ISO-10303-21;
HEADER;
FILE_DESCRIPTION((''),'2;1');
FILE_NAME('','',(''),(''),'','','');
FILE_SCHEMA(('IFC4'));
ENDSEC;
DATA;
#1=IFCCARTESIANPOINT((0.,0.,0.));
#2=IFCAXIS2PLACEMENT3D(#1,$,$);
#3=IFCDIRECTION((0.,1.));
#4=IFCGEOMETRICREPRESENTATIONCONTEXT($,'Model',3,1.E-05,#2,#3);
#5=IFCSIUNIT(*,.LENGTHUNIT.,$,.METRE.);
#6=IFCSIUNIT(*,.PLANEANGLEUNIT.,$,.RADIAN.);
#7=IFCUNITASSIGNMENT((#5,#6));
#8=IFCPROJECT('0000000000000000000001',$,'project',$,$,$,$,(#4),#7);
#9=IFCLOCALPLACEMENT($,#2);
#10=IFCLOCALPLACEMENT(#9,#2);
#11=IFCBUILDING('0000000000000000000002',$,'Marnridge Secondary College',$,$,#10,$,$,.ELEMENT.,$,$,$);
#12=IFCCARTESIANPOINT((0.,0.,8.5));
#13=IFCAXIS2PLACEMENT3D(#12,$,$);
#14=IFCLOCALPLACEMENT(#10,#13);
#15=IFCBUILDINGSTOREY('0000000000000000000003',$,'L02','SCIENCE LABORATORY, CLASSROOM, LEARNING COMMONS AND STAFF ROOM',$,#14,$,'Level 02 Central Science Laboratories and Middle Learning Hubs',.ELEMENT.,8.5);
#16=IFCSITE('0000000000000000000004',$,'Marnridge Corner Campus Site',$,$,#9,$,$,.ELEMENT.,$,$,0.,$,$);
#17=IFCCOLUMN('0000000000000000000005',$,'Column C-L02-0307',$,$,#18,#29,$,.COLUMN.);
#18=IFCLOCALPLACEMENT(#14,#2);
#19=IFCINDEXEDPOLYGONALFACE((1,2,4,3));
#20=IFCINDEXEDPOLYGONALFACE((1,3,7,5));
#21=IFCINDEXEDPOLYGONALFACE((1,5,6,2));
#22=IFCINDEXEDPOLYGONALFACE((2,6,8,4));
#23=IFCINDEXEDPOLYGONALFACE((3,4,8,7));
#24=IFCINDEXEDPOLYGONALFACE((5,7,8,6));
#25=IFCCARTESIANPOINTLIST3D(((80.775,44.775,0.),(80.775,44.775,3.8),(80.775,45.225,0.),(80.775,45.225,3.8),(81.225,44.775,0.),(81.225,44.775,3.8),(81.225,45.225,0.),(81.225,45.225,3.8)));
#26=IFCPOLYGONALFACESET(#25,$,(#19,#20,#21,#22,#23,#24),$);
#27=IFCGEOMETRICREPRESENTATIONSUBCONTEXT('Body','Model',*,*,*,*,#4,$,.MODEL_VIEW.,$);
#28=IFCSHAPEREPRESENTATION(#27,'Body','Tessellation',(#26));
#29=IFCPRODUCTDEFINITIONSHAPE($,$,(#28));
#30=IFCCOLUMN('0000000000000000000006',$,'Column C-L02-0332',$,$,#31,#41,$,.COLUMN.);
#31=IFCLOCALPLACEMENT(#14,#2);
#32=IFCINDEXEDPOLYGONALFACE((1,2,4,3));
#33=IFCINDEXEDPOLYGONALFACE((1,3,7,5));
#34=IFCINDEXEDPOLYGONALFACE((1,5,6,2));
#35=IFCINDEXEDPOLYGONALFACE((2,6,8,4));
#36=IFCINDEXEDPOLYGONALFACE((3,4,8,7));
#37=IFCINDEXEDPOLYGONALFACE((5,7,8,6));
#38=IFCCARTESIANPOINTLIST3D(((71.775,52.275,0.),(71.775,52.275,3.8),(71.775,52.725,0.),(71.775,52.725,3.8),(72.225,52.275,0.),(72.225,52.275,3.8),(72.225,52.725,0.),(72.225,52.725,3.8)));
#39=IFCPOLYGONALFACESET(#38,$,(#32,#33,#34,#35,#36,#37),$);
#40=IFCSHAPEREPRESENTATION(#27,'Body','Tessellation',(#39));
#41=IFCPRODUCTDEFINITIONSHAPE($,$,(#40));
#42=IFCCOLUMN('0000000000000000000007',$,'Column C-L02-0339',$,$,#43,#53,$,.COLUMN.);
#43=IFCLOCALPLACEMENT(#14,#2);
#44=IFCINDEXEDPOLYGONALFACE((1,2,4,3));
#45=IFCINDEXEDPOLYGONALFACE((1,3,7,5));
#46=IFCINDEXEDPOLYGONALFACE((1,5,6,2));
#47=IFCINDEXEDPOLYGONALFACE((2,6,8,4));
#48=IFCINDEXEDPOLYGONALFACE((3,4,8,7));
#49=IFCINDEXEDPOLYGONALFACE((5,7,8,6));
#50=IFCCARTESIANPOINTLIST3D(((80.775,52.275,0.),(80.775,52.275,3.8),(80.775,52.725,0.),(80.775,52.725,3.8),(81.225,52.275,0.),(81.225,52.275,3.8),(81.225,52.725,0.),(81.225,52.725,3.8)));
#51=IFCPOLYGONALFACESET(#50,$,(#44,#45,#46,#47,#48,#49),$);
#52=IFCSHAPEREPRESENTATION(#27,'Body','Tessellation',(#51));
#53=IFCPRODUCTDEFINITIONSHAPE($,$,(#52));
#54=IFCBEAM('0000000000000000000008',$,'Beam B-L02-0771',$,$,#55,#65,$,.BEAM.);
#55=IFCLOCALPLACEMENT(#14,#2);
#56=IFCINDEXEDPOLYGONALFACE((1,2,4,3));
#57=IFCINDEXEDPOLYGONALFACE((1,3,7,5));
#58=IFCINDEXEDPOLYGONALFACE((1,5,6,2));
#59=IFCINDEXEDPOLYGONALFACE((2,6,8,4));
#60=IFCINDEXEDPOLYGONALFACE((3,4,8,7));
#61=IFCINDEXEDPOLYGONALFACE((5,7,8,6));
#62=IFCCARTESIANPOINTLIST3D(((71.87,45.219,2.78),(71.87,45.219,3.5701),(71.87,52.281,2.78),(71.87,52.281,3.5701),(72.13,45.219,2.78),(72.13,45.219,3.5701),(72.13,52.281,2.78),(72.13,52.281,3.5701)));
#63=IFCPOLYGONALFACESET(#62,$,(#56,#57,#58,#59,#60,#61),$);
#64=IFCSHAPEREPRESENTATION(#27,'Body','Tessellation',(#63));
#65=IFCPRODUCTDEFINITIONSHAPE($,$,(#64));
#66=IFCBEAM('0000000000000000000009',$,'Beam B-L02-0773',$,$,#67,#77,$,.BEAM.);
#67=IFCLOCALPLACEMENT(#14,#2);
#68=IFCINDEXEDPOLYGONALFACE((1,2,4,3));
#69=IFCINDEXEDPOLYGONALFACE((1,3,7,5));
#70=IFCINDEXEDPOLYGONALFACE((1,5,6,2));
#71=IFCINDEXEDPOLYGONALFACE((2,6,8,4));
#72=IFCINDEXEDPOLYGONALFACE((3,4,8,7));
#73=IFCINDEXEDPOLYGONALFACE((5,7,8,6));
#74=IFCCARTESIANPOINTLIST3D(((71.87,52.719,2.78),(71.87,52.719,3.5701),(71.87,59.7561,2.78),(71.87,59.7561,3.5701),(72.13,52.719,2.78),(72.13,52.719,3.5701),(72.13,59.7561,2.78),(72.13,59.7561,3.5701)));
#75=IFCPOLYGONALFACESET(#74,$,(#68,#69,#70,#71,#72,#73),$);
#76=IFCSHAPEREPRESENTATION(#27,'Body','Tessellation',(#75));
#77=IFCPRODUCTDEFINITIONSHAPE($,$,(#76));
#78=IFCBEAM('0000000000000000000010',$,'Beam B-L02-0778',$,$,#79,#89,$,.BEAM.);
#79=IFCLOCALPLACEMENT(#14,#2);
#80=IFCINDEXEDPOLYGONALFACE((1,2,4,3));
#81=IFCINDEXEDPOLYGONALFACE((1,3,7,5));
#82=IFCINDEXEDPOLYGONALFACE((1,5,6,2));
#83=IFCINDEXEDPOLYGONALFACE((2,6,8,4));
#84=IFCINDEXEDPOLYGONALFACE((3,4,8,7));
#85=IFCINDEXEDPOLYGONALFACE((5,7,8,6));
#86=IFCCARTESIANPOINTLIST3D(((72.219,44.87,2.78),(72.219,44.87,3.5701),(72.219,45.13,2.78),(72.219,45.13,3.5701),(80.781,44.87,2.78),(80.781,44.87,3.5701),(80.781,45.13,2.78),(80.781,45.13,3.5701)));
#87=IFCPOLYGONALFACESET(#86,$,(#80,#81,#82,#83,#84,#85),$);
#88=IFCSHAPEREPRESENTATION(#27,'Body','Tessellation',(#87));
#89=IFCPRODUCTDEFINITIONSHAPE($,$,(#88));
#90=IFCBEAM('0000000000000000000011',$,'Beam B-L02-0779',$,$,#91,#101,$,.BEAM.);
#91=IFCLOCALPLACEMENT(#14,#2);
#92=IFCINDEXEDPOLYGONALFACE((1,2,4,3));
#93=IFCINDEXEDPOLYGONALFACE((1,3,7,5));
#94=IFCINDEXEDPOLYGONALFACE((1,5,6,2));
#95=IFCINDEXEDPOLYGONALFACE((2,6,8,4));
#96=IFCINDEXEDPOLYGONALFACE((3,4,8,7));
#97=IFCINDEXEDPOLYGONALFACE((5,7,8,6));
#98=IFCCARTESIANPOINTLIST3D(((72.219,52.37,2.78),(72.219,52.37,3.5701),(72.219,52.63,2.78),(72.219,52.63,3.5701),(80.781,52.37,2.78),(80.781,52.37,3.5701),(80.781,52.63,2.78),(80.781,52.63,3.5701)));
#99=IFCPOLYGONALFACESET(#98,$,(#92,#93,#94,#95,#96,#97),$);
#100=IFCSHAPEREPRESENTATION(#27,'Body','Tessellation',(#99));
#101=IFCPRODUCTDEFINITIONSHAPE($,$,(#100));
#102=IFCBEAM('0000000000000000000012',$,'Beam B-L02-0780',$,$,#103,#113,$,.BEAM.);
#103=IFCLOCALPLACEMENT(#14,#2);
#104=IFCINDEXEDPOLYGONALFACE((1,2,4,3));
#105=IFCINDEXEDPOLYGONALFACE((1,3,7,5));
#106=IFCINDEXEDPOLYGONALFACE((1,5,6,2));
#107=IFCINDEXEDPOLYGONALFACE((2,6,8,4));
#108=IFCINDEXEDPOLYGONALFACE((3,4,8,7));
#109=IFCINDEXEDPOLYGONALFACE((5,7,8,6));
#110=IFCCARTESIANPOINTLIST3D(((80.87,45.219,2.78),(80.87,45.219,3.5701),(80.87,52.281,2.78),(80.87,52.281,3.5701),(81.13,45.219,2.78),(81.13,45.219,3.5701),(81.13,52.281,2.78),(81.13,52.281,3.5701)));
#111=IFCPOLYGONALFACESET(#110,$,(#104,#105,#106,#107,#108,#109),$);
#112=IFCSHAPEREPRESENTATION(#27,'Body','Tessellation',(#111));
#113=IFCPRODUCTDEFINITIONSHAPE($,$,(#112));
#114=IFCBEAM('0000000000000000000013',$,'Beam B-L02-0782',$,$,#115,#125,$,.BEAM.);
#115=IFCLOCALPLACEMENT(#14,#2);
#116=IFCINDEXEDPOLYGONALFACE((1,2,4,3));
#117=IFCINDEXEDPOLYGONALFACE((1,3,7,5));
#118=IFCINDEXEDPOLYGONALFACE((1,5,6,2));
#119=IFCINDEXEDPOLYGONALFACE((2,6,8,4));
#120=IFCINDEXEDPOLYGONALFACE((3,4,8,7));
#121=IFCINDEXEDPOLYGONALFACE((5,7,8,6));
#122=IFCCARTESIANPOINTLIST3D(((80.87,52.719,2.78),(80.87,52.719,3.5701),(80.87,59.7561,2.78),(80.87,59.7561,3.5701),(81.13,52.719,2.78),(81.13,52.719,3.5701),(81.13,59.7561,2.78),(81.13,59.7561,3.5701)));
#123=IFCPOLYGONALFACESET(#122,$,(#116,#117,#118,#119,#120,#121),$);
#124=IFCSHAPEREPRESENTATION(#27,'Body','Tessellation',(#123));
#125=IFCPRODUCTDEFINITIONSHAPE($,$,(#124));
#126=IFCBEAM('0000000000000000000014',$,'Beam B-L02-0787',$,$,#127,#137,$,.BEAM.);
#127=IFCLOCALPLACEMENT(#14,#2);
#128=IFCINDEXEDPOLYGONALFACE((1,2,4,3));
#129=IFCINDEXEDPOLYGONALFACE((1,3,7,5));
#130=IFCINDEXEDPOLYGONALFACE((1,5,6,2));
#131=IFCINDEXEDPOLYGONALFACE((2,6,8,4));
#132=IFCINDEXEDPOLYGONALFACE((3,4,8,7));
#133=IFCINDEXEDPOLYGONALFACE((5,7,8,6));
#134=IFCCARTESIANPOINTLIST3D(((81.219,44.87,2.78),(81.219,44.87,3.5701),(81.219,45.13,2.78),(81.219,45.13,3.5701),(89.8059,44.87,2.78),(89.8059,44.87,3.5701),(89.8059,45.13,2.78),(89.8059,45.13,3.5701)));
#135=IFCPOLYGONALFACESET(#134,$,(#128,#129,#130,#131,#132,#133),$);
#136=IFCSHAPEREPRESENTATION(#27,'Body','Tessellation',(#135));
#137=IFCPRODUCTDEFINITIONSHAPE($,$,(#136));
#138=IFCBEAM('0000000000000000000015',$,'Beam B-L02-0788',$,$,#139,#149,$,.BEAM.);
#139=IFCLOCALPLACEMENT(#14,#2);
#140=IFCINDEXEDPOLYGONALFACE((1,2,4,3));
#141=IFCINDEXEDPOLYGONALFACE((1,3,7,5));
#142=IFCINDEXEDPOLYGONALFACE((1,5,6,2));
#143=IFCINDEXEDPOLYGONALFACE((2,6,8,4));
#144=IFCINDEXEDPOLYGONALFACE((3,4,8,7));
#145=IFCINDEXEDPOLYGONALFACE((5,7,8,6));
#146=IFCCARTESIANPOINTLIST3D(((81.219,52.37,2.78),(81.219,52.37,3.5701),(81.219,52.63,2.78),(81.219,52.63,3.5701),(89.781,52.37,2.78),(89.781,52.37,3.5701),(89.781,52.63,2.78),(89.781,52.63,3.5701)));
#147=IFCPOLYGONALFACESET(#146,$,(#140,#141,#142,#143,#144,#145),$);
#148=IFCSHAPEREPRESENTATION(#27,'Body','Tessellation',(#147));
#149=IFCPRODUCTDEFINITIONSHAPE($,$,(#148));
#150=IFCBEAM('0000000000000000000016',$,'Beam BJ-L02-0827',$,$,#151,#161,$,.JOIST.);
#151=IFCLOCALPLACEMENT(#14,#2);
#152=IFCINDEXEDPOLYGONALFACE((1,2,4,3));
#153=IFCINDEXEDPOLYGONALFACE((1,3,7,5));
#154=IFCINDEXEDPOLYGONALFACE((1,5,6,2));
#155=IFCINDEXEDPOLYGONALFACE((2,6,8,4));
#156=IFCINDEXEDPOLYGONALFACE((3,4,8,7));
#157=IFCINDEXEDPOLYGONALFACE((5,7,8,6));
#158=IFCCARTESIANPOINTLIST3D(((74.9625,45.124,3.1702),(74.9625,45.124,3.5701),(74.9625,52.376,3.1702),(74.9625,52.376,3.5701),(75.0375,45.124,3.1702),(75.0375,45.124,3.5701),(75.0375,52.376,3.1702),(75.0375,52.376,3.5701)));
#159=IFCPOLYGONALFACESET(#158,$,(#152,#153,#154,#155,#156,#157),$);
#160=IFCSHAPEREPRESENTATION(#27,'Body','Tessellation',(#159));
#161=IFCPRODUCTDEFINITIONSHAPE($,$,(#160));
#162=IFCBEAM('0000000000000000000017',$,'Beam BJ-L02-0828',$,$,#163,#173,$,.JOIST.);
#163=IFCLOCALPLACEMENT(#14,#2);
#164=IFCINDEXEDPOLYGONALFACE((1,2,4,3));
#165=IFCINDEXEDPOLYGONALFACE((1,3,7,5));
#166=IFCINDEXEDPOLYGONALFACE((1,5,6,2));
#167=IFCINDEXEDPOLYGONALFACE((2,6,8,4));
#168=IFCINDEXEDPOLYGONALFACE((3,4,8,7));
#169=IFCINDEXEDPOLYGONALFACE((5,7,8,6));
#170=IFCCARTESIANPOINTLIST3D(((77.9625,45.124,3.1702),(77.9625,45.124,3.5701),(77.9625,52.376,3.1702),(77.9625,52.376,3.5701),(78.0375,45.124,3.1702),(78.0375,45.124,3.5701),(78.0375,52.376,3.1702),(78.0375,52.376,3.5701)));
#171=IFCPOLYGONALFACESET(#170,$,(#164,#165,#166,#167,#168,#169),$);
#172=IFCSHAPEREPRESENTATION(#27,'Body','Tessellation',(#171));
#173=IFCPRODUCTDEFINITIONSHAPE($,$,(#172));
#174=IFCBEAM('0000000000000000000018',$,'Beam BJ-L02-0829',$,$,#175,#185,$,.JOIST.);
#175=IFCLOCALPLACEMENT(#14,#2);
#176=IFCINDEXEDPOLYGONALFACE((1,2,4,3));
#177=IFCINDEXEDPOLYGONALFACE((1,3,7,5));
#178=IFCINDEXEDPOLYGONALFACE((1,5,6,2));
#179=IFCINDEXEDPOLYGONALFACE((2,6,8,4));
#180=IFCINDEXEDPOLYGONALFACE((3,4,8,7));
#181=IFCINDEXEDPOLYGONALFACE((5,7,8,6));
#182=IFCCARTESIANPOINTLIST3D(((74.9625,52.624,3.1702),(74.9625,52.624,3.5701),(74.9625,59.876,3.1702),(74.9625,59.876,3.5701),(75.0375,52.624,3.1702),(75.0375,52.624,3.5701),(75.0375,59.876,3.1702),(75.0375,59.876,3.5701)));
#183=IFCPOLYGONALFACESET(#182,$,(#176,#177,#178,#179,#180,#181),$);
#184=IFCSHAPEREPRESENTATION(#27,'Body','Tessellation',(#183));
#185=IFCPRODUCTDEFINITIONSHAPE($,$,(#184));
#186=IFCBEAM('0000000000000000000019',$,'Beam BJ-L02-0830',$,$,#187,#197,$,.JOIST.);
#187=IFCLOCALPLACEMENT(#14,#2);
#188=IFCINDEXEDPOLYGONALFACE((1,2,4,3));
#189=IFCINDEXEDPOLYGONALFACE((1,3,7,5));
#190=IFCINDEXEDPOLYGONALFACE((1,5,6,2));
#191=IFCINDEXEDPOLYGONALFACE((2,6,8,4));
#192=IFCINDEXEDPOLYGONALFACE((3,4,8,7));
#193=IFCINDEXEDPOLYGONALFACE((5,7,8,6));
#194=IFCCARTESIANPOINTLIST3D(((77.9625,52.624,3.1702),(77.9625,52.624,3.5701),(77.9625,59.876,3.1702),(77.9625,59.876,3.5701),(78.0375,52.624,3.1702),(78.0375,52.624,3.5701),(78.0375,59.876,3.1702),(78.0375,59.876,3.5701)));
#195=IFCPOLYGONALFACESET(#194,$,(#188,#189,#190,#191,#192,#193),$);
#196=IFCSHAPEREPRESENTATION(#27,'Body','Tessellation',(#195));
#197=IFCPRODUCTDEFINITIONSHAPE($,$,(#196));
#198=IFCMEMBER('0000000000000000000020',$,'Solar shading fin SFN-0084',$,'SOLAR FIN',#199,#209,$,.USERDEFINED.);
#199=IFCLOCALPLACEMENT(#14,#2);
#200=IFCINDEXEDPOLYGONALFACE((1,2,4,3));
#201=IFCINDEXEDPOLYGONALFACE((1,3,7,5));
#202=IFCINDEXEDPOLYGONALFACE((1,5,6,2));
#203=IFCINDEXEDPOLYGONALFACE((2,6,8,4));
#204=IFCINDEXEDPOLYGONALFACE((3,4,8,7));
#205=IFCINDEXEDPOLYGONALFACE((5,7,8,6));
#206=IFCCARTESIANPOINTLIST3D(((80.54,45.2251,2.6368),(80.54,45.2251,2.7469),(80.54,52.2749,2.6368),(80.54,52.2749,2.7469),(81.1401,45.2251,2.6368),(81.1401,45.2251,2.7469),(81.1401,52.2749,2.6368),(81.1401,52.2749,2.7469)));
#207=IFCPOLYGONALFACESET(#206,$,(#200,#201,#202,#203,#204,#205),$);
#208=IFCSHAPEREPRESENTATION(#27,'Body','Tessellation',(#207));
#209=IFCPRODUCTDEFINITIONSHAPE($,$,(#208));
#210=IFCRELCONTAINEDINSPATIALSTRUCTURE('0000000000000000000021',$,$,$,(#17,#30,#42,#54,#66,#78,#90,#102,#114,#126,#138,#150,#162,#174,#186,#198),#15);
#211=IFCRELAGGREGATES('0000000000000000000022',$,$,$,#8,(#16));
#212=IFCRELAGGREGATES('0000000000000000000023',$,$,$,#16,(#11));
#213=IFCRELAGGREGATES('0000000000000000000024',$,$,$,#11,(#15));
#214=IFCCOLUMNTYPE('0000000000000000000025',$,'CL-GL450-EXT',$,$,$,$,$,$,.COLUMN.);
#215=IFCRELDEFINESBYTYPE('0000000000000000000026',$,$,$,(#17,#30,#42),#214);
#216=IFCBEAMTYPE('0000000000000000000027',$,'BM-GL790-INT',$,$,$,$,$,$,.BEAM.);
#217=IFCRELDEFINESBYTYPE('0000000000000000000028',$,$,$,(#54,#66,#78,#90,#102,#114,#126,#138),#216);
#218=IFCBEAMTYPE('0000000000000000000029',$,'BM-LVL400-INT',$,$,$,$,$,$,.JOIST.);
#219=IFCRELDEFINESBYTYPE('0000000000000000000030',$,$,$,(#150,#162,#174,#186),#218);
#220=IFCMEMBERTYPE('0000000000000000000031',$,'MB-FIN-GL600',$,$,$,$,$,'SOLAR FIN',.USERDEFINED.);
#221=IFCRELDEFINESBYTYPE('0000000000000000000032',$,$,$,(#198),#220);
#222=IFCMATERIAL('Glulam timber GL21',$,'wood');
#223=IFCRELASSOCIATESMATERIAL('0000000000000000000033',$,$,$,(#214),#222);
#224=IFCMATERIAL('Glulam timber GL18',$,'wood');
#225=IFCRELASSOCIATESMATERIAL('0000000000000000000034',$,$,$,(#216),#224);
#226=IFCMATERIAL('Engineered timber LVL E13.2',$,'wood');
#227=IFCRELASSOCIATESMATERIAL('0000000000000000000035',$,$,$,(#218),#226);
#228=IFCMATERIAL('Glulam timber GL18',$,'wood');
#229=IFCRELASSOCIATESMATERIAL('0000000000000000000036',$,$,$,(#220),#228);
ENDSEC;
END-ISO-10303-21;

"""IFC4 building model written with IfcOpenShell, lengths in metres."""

from ifc_helpers import new_model, si_unit, direction, frame, origin, origin_2d, place, context, subcontext, project, spatial, rectangle, extrude, material, material_profile, profile_set, type_object, element, save


model = new_model("IFC4")

# Units and contexts
model_context = context("Model", 3, precision=1e-05, world=origin(), true_north=direction((0.0, 1.0)))
body_context = subcontext(model_context, "Body", "Model", "MODEL_VIEW")
ifc_project = project(units=[si_unit("LENGTHUNIT", "METRE"), si_unit("PLANEANGLEUNIT", "RADIAN")], contexts=[model_context])

# Site, building, storey
site_placement = place(None, origin())
site = spatial("IfcSite", under=ifc_project, at=site_placement, Name="Marnridge Corner Campus Site", CompositionType="ELEMENT", RefElevation=0.0)
building_placement = place(site_placement, origin())
building = spatial("IfcBuilding", under=site, at=building_placement, Name="Marnridge Secondary College", CompositionType="ELEMENT")
storey_placement = place(building_placement, frame((0.0, 0.0, 8.5)))
storey = spatial("IfcBuildingStorey", under=building, at=storey_placement, Name="L02", Description="SCIENCE LABORATORY, CLASSROOM, LEARNING COMMONS AND STAFF ROOM", LongName="Level 02 Central Science Laboratories and Middle Learning Hubs", CompositionType="ELEMENT", Elevation=8.5)

# Columns
ifc_material_1 = material(Name="Glulam timber GL21", Category="wood")
ifc_material_profile_1 = material_profile(ifc_material_1, rectangle(XDim=0.45, YDim=0.45, at=origin_2d()), Name="GL21 450x450")
ifc_profile_set_1 = profile_set([ifc_material_profile_1], Name="Glulam timber GL21")
column_type = type_object("IfcColumnType", Name="CL-GL450-EXT", PredefinedType="COLUMN", material=ifc_profile_set_1)
for number, where, z_axis, x_axis, name in (
    (1, (81.0, 45.0, 0.0), (0.0, 0.0, 1.0), (1.0, 0.0, 0.0), "Column C-L02-0307"),
    (2, (72.0, 52.5, 0.0), (0.0, 0.0, 1.0), (1.0, 0.0, 0.0), "Column C-L02-0332"),
    (3, (81.0, 52.5, 0.0), (0.0, 0.0, 1.0), (1.0, 0.0, 0.0), "Column C-L02-0339"),
):
    element("IfcColumn", number, at=place(storey_placement, frame(where, z_axis=z_axis, x_axis=x_axis)), inside=storey, type_object=column_type, Name=name, PredefinedType="COLUMN", context=body_context, shape_type="SweptSolid", body=[
        extrude(rectangle(XDim=0.45, YDim=0.45, at=origin_2d()), origin(), (0.0, 0.0, 1.0), 3.8),
    ])

# Beams
ifc_material_2 = material(Name="Glulam timber GL18", Category="wood")
ifc_material_profile_2 = material_profile(ifc_material_2, rectangle(XDim=0.26, YDim=0.79, at=origin_2d()), Name="GL18 260x790")
ifc_profile_set_2 = profile_set([ifc_material_profile_2], Name="Glulam timber GL18")
beam_type_1 = type_object("IfcBeamType", Name="BM-GL790-INT", PredefinedType="BEAM", material=ifc_profile_set_2)
beam_1_placement = place(storey_placement, frame((72.0, 45.219, 3.175), z_axis=(0.0, 1.0, 0.0), x_axis=(-1.0, 0.0, 0.0)))
element("IfcBeam", 4, at=beam_1_placement, inside=storey, type_object=beam_type_1, Name="Beam B-L02-0771", PredefinedType="BEAM", context=body_context, shape_type="SweptSolid", body=[
    extrude(rectangle(XDim=0.26, YDim=0.79, at=origin_2d()), origin(), (0.0, 0.0, 1.0), 7.062),
])
beam_2_placement = place(storey_placement, frame((72.0, 52.719, 3.175), z_axis=(0.0, 1.0, 0.0), x_axis=(-1.0, 0.0, 0.0)))
element("IfcBeam", 5, at=beam_2_placement, inside=storey, type_object=beam_type_1, Name="Beam B-L02-0773", PredefinedType="BEAM", context=body_context, shape_type="SweptSolid", body=[
    extrude(rectangle(XDim=0.26, YDim=0.79, at=origin_2d()), origin(), (0.0, 0.0, 1.0), 7.0371),
])
for number, where, z_axis, x_axis, name in (
    (6, (72.219, 45.0, 3.175), (1.0, 0.0, 0.0), (0.0, 1.0, 0.0), "Beam B-L02-0778"),
    (7, (72.219, 52.5, 3.175), (1.0, 0.0, 0.0), (0.0, 1.0, 0.0), "Beam B-L02-0779"),
):
    element("IfcBeam", number, at=place(storey_placement, frame(where, z_axis=z_axis, x_axis=x_axis)), inside=storey, type_object=beam_type_1, Name=name, PredefinedType="BEAM", context=body_context, shape_type="SweptSolid", body=[
        extrude(rectangle(XDim=0.26, YDim=0.79, at=origin_2d()), origin(), (0.0, 0.0, 1.0), 8.562),
    ])
beam_3_placement = place(storey_placement, frame((81.0, 45.219, 3.175), z_axis=(0.0, 1.0, 0.0), x_axis=(-1.0, 0.0, 0.0)))
element("IfcBeam", 8, at=beam_3_placement, inside=storey, type_object=beam_type_1, Name="Beam B-L02-0780", PredefinedType="BEAM", context=body_context, shape_type="SweptSolid", body=[
    extrude(rectangle(XDim=0.26, YDim=0.79, at=origin_2d()), origin(), (0.0, 0.0, 1.0), 7.062),
])
beam_4_placement = place(storey_placement, frame((81.0, 52.719, 3.175), z_axis=(0.0, 1.0, 0.0), x_axis=(-1.0, 0.0, 0.0)))
element("IfcBeam", 9, at=beam_4_placement, inside=storey, type_object=beam_type_1, Name="Beam B-L02-0782", PredefinedType="BEAM", context=body_context, shape_type="SweptSolid", body=[
    extrude(rectangle(XDim=0.26, YDim=0.79, at=origin_2d()), origin(), (0.0, 0.0, 1.0), 7.0371),
])
beam_5_placement = place(storey_placement, frame((81.219, 45.0, 3.175), z_axis=(1.0, 0.0, 0.0), x_axis=(0.0, 1.0, 0.0)))
element("IfcBeam", 10, at=beam_5_placement, inside=storey, type_object=beam_type_1, Name="Beam B-L02-0787", PredefinedType="BEAM", context=body_context, shape_type="SweptSolid", body=[
    extrude(rectangle(XDim=0.26, YDim=0.79, at=origin_2d()), origin(), (0.0, 0.0, 1.0), 8.5869),
])
beam_6_placement = place(storey_placement, frame((81.219, 52.5, 3.175), z_axis=(1.0, 0.0, 0.0), x_axis=(0.0, 1.0, 0.0)))
element("IfcBeam", 11, at=beam_6_placement, inside=storey, type_object=beam_type_1, Name="Beam B-L02-0788", PredefinedType="BEAM", context=body_context, shape_type="SweptSolid", body=[
    extrude(rectangle(XDim=0.26, YDim=0.79, at=origin_2d()), origin(), (0.0, 0.0, 1.0), 8.562),
])
ifc_material_3 = material(Name="Engineered timber LVL E13.2", Category="wood")
ifc_material_profile_3 = material_profile(ifc_material_3, rectangle(XDim=0.075, YDim=0.3999, at=origin_2d()), Name="LVL 75x400")
ifc_profile_set_3 = profile_set([ifc_material_profile_3], Name="Engineered timber LVL E13.2")
beam_type_2 = type_object("IfcBeamType", Name="BM-LVL400-INT", PredefinedType="JOIST", material=ifc_profile_set_3)
for number, where, z_axis, x_axis, name in (
    (12, (75.0, 45.124, 3.3701), (0.0, 1.0, 0.0), (-1.0, 0.0, 0.0), "Beam BJ-L02-0827"),
    (13, (78.0, 45.124, 3.3701), (0.0, 1.0, 0.0), (-1.0, 0.0, 0.0), "Beam BJ-L02-0828"),
    (14, (75.0, 52.624, 3.3701), (0.0, 1.0, 0.0), (-1.0, 0.0, 0.0), "Beam BJ-L02-0829"),
    (15, (78.0, 52.624, 3.3701), (0.0, 1.0, 0.0), (-1.0, 0.0, 0.0), "Beam BJ-L02-0830"),
):
    element("IfcBeam", number, at=place(storey_placement, frame(where, z_axis=z_axis, x_axis=x_axis)), inside=storey, type_object=beam_type_2, Name=name, PredefinedType="JOIST", context=body_context, shape_type="SweptSolid", body=[
        extrude(rectangle(XDim=0.075, YDim=0.3999, at=origin_2d()), origin(), (0.0, 0.0, 1.0), 7.252),
    ])

# Member
ifc_material_4 = material(Name="Glulam timber GL18", Category="wood")
ifc_material_profile_4 = material_profile(ifc_material_4, rectangle(XDim=0.1101, YDim=0.6001, at=origin_2d()), Name="FIN GL18 110x600")
ifc_profile_set_4 = profile_set([ifc_material_profile_4], Name="Glulam timber GL18")
member_type = type_object("IfcMemberType", Name="MB-FIN-GL600", ElementType="SOLAR FIN", PredefinedType="USERDEFINED", material=ifc_profile_set_4)
member_placement = place(storey_placement, frame((80.8401, 45.2251, 2.6919), z_axis=(0.0, 1.0, 0.0), x_axis=(0.0, 0.0, 1.0)))
element("IfcMember", 16, at=member_placement, inside=storey, type_object=member_type, Name="Solar shading fin SFN-0084", ObjectType="SOLAR FIN", PredefinedType="USERDEFINED", context=body_context, shape_type="SweptSolid", body=[
    extrude(rectangle(XDim=0.1101, YDim=0.6001, at=origin_2d()), origin(), (0.0, 0.0, 1.0), 7.0498),
])

save(model, "model.ifc")
